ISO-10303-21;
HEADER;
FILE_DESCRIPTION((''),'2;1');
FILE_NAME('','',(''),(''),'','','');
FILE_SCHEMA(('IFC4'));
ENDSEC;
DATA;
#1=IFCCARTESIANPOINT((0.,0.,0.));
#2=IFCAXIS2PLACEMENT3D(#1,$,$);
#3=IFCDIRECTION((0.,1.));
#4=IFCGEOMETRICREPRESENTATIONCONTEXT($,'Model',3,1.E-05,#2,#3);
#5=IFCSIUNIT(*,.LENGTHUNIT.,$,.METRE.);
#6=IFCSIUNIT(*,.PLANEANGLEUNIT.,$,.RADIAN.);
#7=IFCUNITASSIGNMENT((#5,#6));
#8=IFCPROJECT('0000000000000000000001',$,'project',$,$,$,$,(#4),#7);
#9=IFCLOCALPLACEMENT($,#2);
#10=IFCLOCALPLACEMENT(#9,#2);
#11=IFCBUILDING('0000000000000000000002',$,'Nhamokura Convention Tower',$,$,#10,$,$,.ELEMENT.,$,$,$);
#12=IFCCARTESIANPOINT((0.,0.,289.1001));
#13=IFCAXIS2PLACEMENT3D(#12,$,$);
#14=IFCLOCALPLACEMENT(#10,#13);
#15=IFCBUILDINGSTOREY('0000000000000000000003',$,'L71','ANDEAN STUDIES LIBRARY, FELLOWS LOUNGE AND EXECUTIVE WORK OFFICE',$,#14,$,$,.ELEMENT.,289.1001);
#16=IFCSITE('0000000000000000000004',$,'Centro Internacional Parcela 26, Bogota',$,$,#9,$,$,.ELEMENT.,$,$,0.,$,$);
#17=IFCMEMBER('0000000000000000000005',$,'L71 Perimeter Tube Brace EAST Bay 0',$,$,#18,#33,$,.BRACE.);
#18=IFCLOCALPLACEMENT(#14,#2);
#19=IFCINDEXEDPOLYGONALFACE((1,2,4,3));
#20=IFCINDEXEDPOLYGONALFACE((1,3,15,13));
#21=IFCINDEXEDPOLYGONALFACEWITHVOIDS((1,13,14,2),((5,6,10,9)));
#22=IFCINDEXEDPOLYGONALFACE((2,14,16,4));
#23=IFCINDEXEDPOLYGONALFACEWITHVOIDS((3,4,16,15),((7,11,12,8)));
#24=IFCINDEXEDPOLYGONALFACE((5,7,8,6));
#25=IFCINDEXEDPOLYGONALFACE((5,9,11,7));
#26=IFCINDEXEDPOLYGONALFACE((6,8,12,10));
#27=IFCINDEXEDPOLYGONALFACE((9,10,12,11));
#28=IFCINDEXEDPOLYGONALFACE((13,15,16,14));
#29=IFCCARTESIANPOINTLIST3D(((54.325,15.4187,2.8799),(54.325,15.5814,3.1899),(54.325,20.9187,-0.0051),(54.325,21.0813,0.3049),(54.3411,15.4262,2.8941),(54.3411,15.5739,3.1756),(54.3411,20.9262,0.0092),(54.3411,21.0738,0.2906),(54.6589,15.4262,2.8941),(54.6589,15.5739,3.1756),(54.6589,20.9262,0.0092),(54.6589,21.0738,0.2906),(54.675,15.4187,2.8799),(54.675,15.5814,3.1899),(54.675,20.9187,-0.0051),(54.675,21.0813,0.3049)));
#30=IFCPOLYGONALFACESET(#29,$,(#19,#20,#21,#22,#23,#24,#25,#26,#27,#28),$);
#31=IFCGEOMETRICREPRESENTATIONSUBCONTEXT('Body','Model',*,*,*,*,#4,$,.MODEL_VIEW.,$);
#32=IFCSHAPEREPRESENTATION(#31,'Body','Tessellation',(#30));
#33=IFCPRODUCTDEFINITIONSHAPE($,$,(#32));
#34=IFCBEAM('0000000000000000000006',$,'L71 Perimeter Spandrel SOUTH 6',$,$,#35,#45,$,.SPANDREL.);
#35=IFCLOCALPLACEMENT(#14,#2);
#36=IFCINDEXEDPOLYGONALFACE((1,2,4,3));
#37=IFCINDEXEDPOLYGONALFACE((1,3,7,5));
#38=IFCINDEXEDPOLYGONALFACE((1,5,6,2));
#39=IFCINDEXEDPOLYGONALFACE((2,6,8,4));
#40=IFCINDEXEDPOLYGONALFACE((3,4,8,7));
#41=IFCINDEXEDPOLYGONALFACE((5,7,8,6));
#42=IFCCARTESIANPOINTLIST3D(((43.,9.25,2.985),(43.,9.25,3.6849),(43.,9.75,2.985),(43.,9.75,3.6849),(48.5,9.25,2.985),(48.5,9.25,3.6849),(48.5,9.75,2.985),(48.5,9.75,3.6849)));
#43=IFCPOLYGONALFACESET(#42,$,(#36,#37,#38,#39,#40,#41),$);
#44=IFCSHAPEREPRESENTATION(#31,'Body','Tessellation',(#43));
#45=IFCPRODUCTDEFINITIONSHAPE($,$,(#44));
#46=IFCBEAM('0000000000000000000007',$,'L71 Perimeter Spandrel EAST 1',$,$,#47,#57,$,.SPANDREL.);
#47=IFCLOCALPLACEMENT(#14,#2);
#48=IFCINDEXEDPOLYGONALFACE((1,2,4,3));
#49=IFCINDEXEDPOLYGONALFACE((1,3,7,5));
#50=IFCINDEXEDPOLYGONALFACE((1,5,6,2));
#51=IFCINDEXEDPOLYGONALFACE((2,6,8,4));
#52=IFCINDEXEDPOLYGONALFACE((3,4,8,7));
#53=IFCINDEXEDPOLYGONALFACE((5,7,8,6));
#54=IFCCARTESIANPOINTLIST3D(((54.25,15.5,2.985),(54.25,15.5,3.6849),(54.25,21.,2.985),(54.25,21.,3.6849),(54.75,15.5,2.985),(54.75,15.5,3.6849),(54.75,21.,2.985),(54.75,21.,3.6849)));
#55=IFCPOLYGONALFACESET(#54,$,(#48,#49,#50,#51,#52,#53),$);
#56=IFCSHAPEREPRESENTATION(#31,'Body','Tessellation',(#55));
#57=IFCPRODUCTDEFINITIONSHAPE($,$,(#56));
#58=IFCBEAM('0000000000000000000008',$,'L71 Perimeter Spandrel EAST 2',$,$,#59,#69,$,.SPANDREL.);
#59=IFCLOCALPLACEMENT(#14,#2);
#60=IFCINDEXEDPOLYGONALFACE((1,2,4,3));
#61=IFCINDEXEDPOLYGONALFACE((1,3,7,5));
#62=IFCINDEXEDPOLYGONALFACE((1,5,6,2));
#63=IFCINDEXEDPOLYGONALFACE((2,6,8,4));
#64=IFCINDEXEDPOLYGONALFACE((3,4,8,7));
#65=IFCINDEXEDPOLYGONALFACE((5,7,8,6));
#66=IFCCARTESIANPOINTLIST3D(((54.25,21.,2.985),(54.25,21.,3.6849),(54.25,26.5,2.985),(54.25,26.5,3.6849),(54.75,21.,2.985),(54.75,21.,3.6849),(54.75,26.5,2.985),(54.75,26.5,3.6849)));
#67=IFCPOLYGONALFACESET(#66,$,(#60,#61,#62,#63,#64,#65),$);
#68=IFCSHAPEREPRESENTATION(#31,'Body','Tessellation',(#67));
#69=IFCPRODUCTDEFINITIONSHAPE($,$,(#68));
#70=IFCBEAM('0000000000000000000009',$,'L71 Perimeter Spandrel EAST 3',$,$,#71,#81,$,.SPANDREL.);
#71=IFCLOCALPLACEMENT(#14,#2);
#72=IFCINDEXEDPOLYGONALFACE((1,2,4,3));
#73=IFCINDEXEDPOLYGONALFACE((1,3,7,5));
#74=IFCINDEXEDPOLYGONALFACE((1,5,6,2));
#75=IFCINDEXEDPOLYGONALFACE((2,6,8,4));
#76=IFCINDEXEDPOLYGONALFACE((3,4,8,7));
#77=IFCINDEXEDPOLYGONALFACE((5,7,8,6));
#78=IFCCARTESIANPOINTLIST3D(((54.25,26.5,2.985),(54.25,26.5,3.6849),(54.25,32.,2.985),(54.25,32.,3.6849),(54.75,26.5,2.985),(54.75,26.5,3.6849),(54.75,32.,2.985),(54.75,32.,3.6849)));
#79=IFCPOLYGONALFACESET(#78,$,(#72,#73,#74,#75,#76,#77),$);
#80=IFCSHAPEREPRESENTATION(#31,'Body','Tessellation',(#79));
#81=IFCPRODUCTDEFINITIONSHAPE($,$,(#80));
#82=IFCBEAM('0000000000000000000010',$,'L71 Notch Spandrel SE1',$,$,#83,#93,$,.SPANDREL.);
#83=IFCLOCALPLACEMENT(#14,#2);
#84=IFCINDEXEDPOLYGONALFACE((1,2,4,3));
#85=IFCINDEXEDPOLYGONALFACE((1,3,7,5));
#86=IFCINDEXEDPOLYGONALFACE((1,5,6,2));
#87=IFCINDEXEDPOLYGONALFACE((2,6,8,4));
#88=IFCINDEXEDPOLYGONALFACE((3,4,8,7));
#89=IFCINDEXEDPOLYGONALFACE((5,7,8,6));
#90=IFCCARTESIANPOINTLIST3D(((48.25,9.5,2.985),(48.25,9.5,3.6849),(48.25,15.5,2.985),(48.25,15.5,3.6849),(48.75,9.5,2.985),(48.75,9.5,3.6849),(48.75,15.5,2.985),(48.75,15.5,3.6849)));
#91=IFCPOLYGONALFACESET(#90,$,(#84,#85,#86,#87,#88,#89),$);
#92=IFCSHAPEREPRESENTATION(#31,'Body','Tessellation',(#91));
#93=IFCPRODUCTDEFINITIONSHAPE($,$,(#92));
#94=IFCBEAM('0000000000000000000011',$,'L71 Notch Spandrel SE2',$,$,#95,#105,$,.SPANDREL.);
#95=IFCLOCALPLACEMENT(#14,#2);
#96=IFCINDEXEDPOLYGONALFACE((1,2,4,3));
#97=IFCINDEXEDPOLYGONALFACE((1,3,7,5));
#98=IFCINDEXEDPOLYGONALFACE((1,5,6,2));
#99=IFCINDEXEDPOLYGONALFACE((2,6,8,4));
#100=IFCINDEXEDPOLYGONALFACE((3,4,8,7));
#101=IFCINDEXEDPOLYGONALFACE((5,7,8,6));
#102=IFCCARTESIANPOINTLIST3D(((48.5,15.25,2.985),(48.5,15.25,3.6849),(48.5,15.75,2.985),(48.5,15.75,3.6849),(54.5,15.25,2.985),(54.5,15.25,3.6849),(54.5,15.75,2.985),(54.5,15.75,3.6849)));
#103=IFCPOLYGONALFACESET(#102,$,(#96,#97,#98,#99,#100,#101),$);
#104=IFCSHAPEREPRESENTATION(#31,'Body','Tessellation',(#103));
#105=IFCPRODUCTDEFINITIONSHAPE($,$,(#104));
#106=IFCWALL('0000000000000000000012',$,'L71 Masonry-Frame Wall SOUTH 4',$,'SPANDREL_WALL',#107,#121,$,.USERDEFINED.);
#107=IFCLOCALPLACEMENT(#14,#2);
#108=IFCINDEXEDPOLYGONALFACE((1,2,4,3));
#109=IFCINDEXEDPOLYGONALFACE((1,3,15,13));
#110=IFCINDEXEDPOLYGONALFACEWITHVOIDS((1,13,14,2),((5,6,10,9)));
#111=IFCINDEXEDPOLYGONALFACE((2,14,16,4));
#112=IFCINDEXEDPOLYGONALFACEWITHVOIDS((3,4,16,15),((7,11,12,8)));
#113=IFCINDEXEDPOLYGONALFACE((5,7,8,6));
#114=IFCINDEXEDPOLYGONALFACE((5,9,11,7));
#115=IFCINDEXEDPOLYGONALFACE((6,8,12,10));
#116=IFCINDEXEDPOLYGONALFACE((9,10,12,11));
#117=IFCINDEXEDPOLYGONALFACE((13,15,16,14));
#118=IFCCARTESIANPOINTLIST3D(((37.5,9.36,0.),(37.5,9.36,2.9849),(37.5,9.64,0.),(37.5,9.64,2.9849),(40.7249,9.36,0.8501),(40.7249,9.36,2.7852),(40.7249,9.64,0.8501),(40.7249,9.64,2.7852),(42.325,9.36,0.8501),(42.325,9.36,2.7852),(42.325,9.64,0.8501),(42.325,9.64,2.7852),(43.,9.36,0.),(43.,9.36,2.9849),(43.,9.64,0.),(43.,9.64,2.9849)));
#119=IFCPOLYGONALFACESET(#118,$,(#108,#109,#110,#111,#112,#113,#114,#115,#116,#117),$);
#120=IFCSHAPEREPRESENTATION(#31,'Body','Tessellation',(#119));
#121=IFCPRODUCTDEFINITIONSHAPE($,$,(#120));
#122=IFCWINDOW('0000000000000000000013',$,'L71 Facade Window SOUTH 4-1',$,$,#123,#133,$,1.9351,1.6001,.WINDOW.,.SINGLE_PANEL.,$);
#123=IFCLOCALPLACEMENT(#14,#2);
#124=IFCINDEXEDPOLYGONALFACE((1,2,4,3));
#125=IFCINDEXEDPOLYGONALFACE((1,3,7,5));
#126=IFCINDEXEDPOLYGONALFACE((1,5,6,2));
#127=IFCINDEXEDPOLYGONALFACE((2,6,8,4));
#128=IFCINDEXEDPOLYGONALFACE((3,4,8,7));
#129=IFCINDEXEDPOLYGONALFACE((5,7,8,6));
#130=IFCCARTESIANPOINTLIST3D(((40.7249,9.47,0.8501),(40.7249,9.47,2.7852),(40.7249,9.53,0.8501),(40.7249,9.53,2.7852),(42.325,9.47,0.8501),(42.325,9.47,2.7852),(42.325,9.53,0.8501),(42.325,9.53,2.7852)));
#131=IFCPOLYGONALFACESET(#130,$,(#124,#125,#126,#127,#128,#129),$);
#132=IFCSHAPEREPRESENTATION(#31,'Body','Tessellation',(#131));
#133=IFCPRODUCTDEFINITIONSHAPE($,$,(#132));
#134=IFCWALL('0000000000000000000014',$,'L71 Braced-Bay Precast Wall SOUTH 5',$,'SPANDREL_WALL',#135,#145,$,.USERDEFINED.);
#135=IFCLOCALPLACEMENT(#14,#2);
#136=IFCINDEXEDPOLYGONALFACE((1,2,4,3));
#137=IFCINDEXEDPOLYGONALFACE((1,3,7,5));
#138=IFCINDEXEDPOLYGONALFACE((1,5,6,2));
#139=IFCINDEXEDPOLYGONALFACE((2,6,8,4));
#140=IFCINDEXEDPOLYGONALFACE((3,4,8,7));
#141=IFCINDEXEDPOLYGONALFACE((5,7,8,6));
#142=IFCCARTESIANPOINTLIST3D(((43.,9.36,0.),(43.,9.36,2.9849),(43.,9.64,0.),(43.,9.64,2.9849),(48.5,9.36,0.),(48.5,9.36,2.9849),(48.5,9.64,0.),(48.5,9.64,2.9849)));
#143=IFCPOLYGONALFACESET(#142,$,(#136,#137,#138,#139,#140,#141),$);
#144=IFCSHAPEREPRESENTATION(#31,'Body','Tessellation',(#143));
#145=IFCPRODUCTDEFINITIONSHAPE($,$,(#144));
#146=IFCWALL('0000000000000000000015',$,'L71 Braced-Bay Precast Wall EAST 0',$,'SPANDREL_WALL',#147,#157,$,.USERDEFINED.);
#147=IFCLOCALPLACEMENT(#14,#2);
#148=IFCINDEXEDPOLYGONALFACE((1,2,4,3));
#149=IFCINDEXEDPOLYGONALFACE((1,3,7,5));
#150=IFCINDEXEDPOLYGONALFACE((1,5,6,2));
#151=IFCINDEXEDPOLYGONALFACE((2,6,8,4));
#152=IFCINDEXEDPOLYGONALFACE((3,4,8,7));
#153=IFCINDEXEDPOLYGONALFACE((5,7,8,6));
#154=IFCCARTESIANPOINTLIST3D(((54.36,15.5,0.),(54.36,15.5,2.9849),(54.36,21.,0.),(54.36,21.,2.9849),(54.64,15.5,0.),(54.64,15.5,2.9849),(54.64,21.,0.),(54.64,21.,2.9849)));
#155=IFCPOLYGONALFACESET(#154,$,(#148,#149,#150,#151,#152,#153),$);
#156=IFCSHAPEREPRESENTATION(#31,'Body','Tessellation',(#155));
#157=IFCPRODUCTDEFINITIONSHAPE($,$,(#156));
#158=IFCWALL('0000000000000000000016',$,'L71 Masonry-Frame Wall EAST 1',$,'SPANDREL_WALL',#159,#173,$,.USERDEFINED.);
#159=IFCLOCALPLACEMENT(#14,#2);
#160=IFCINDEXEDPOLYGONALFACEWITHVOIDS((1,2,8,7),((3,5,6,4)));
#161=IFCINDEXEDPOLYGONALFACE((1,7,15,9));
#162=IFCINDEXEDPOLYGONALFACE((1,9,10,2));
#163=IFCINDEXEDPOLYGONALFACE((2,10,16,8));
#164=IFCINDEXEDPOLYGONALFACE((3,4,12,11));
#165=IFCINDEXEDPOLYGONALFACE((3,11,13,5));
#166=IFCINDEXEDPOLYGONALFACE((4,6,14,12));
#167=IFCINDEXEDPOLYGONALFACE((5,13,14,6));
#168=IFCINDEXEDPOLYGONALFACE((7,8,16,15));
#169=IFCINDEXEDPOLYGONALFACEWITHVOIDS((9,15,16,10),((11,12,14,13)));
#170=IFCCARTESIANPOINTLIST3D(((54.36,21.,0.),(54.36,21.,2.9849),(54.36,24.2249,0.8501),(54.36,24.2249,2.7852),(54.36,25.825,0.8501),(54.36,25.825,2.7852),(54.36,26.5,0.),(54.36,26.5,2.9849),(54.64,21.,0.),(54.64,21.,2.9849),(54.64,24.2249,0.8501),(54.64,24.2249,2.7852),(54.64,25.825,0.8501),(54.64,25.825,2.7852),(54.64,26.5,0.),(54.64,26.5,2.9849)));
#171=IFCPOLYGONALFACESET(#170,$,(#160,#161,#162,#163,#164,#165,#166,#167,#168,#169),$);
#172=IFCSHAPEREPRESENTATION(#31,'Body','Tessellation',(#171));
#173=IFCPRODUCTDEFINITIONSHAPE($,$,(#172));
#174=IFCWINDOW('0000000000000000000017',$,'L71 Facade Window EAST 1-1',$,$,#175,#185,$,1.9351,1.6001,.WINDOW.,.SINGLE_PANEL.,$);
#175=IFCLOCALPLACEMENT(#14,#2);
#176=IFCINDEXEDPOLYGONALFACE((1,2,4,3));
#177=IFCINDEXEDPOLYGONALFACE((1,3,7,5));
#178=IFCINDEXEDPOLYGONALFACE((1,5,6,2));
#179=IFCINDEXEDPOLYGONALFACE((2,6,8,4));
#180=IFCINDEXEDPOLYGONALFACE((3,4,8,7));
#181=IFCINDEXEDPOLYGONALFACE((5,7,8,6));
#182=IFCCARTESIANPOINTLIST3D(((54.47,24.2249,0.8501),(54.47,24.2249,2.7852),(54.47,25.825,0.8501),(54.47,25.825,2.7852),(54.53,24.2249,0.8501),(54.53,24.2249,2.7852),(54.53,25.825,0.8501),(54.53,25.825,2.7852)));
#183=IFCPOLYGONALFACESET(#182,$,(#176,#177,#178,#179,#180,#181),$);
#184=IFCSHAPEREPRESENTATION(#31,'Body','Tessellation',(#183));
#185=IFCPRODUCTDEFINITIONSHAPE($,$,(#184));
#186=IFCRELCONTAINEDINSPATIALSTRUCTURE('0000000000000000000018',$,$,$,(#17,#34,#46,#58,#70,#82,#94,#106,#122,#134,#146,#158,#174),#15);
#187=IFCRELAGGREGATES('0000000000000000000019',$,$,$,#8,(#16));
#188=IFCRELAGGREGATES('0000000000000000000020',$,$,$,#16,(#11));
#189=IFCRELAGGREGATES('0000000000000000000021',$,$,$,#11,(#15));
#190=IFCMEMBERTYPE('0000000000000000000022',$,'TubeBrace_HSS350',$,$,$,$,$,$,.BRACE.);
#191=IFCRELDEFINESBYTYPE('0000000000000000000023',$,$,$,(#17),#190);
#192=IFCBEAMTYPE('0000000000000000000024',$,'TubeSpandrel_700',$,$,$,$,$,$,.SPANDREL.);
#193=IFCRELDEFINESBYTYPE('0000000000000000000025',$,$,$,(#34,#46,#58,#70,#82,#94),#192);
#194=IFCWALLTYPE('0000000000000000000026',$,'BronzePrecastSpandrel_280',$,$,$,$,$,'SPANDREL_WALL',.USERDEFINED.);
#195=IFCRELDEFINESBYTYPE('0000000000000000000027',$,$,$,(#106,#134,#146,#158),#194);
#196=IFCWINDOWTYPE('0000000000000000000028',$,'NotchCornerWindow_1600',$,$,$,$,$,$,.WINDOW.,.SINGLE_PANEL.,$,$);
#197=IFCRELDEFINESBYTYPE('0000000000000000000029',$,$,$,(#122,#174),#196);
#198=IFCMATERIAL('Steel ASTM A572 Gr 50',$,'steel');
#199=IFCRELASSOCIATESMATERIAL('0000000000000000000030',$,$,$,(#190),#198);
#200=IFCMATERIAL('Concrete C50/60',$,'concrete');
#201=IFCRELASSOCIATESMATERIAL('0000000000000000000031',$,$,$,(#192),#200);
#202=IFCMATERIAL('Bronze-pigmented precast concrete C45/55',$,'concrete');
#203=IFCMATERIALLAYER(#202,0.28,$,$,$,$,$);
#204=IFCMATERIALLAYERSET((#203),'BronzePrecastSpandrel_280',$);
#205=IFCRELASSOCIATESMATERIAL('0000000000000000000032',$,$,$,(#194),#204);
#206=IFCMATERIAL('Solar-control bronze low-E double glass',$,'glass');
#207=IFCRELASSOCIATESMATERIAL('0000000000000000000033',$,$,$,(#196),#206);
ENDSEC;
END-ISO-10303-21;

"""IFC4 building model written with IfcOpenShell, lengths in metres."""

from ifc_helpers import new_model, si_unit, direction, frame, frame_2d, origin, origin_2d, place, context, subcontext, project, spatial, rectangle, hollow_rectangle, extrude, material, layer, layer_set, material_profile, profile_set, type_object, element, fill, save


model = new_model("IFC4")

# Units and contexts
model_context = context("Model", 3, precision=1e-05, world=origin(), true_north=direction((0.0, 1.0)))
body_context = subcontext(model_context, "Body", "Model", "MODEL_VIEW")
ifc_project = project(units=[si_unit("LENGTHUNIT", "METRE"), si_unit("PLANEANGLEUNIT", "RADIAN")], contexts=[model_context])

# Site, building, storey
site_placement = place(None, origin())
site = spatial("IfcSite", under=ifc_project, at=site_placement, Name="Centro Internacional Parcela 26, Bogota", CompositionType="ELEMENT", RefElevation=0.0)
building_placement = place(site_placement, origin())
building = spatial("IfcBuilding", under=site, at=building_placement, Name="Nhamokura Convention Tower", CompositionType="ELEMENT")
storey_placement = place(building_placement, frame((0.0, 0.0, 289.1001)))
storey = spatial("IfcBuildingStorey", under=building, at=storey_placement, Name="L71", Description="ANDEAN STUDIES LIBRARY, FELLOWS LOUNGE AND EXECUTIVE WORK OFFICE", CompositionType="ELEMENT", Elevation=289.1001)

# Member
ifc_material_1 = material(Name="Steel ASTM A572 Gr 50", Category="steel")
ifc_material_profile_1 = material_profile(ifc_material_1, hollow_rectangle(XDim=0.3501, YDim=0.3501, WallThickness=0.0161, at=origin_2d()))
ifc_profile_set_1 = profile_set([ifc_material_profile_1], Name="Steel ASTM A572 Gr 50")
member_type_1 = type_object("IfcMemberType", Name="TubeBrace_HSS350", PredefinedType="BRACE", material=ifc_profile_set_1)
for number, where, z_axis, x_axis, name in (
    (1, (54.5, 21.0, 0.1499), (0.0, -0.885563, 0.46452), (1.0, 0.0, 0.0), "L71 Perimeter Tube Brace EAST Bay 0"),
):
    element("IfcMember", number, at=place(storey_placement, frame(where, z_axis=z_axis, x_axis=x_axis)), inside=storey, type_object=member_type_1, Name=name, PredefinedType="BRACE", context=body_context, shape_type="SweptSolid", body=[
        extrude(hollow_rectangle(XDim=0.3501, YDim=0.3501, WallThickness=0.0161, at=origin_2d()), origin(), (0.0, 0.0, 1.0), 6.2107),
    ])

# Beams
ifc_material_2 = material(Name="Concrete C50/60", Category="concrete")
ifc_material_profile_2 = material_profile(ifc_material_2, rectangle(XDim=0.5, YDim=0.7, at=origin_2d()))
ifc_profile_set_2 = profile_set([ifc_material_profile_2], Name="Concrete C50/60")
beam_type_1 = type_object("IfcBeamType", Name="TubeSpandrel_700", PredefinedType="SPANDREL", material=ifc_profile_set_2)
for number, where, z_axis, x_axis, name in (
    (2, (43.0, 9.5, 3.335), (1.0, 0.0, 0.0), (0.0, 1.0, 0.0), "L71 Perimeter Spandrel SOUTH 6"),
    (3, (54.5, 15.5, 3.335), (0.0, 1.0, 0.0), (-1.0, 0.0, 0.0), "L71 Perimeter Spandrel EAST 1"),
    (4, (54.5, 21.0, 3.335), (0.0, 1.0, 0.0), (-1.0, 0.0, 0.0), "L71 Perimeter Spandrel EAST 2"),
    (5, (54.5, 26.5, 3.335), (0.0, 1.0, 0.0), (-1.0, 0.0, 0.0), "L71 Perimeter Spandrel EAST 3"),
):
    element("IfcBeam", number, at=place(storey_placement, frame(where, z_axis=z_axis, x_axis=x_axis)), inside=storey, type_object=beam_type_1, Name=name, PredefinedType="SPANDREL", context=body_context, shape_type="SweptSolid", body=[
        extrude(rectangle(XDim=0.5, YDim=0.7, at=origin_2d()), origin(), (0.0, 0.0, 1.0), 5.5),
    ])
for number, where, z_axis, x_axis, name in (
    (6, (48.5, 9.5, 3.335), (0.0, 1.0, 0.0), (-1.0, 0.0, 0.0), "L71 Notch Spandrel SE1"),
    (7, (48.5, 15.5, 3.335), (1.0, 0.0, 0.0), (0.0, 1.0, 0.0), "L71 Notch Spandrel SE2"),
):
    element("IfcBeam", number, at=place(storey_placement, frame(where, z_axis=z_axis, x_axis=x_axis)), inside=storey, type_object=beam_type_1, Name=name, PredefinedType="SPANDREL", context=body_context, shape_type="SweptSolid", body=[
        extrude(rectangle(XDim=0.5, YDim=0.7, at=origin_2d()), origin(), (0.0, 0.0, 1.0), 6.0),
    ])

# Wall, opening, window
ifc_material_3 = material(Name="Bronze-pigmented precast concrete C45/55", Category="concrete")
ifc_layer_1 = layer(ifc_material_3, 0.28)
ifc_layer_set_1 = layer_set([ifc_layer_1], Name="BronzePrecastSpandrel_280")
wall_type_1 = type_object("IfcWallType", Name="BronzePrecastSpandrel_280", ElementType="SPANDREL_WALL", PredefinedType="USERDEFINED", material=ifc_layer_set_1)
wall_1_placement = place(storey_placement, frame((43.0, 9.5, 0.0), z_axis=(0.0, 0.0, 1.0), x_axis=(-1.0, 0.0, 0.0)))
wall_1 = element("IfcWall", 8, at=wall_1_placement, inside=storey, type_object=wall_type_1, Name="L71 Masonry-Frame Wall SOUTH 4", ObjectType="SPANDREL_WALL", PredefinedType="USERDEFINED", context=body_context, shape_type="SweptSolid", body=[
    extrude(rectangle(XDim=5.5, YDim=0.28, at=frame_2d((2.75, 0.0))), origin(), (0.0, 0.0, 1.0), 2.9849),
])
opening_1_placement = place(wall_1_placement, frame((0.675, 0.0, 0.8501)))
opening_1 = element("IfcOpeningElement", 9, at=opening_1_placement, cuts=wall_1, PredefinedType="OPENING", context=body_context, shape_type="SweptSolid", body=[
    extrude(rectangle(XDim=1.6001, YDim=1.9351, at=frame_2d((0.8, 0.9675))), frame((0.0, 0.1499, 0.0), z_axis=(0.0, -1.0, 0.0), x_axis=(1.0, 0.0, 0.0)), (0.0, 0.0, 1.0), 0.3),
])
ifc_material_4 = material(Name="Solar-control bronze low-E double glass", Category="glass")
window_type = type_object("IfcWindowType", Name="NotchCornerWindow_1600", PartitioningType="SINGLE_PANEL", PredefinedType="WINDOW", material=ifc_material_4)
window_1_placement = place(opening_1_placement, origin())
window_1 = element("IfcWindow", 10, at=window_1_placement, inside=storey, type_object=window_type, Name="L71 Facade Window SOUTH 4-1", OverallHeight=1.9351, OverallWidth=1.6001, PartitioningType="SINGLE_PANEL", PredefinedType="WINDOW", context=body_context, shape_type="SweptSolid", body=[
    extrude(rectangle(XDim=1.6001, YDim=1.9351, at=frame_2d((0.8, 0.9675))), frame((0.0, 0.03, 0.0), z_axis=(0.0, -1.0, 0.0), x_axis=(1.0, 0.0, 0.0)), (0.0, 0.0, 1.0), 0.0601),
])
fill(opening_1, window_1)

# Walls
for number, where, z_axis, x_axis, name in (
    (11, (48.5, 9.5, 0.0), (0.0, 0.0, 1.0), (-1.0, 0.0, 0.0), "L71 Braced-Bay Precast Wall SOUTH 5"),
    (12, (54.5, 21.0, 0.0), (0.0, 0.0, 1.0), (0.0, -1.0, 0.0), "L71 Braced-Bay Precast Wall EAST 0"),
):
    element("IfcWall", number, at=place(storey_placement, frame(where, z_axis=z_axis, x_axis=x_axis)), inside=storey, type_object=wall_type_1, Name=name, ObjectType="SPANDREL_WALL", PredefinedType="USERDEFINED", context=body_context, shape_type="SweptSolid", body=[
        extrude(rectangle(XDim=5.5, YDim=0.28, at=frame_2d((2.75, 0.0))), origin(), (0.0, 0.0, 1.0), 2.9849),
    ])

# Wall, opening, window
wall_2_placement = place(storey_placement, frame((54.5, 26.5, 0.0), z_axis=(0.0, 0.0, 1.0), x_axis=(0.0, -1.0, 0.0)))
wall_2 = element("IfcWall", 13, at=wall_2_placement, inside=storey, type_object=wall_type_1, Name="L71 Masonry-Frame Wall EAST 1", ObjectType="SPANDREL_WALL", PredefinedType="USERDEFINED", context=body_context, shape_type="SweptSolid", body=[
    extrude(rectangle(XDim=5.5, YDim=0.28, at=frame_2d((2.75, 0.0))), origin(), (0.0, 0.0, 1.0), 2.9849),
])
opening_2_placement = place(wall_2_placement, frame((0.675, 0.0, 0.8501)))
opening_2 = element("IfcOpeningElement", 14, at=opening_2_placement, cuts=wall_2, PredefinedType="OPENING", context=body_context, shape_type="SweptSolid", body=[
    extrude(rectangle(XDim=1.6001, YDim=1.9351, at=frame_2d((0.8, 0.9675))), frame((0.0, 0.1499, 0.0), z_axis=(0.0, -1.0, 0.0), x_axis=(1.0, 0.0, 0.0)), (0.0, 0.0, 1.0), 0.3),
])
window_2_placement = place(opening_2_placement, origin())
window_2 = element("IfcWindow", 15, at=window_2_placement, inside=storey, type_object=window_type, Name="L71 Facade Window EAST 1-1", OverallHeight=1.9351, OverallWidth=1.6001, PartitioningType="SINGLE_PANEL", PredefinedType="WINDOW", context=body_context, shape_type="SweptSolid", body=[
    extrude(rectangle(XDim=1.6001, YDim=1.9351, at=frame_2d((0.8, 0.9675))), frame((0.0, 0.03, 0.0), z_axis=(0.0, -1.0, 0.0), x_axis=(1.0, 0.0, 0.0)), (0.0, 0.0, 1.0), 0.0601),
])
fill(opening_2, window_2)

save(model, "model.ifc")
